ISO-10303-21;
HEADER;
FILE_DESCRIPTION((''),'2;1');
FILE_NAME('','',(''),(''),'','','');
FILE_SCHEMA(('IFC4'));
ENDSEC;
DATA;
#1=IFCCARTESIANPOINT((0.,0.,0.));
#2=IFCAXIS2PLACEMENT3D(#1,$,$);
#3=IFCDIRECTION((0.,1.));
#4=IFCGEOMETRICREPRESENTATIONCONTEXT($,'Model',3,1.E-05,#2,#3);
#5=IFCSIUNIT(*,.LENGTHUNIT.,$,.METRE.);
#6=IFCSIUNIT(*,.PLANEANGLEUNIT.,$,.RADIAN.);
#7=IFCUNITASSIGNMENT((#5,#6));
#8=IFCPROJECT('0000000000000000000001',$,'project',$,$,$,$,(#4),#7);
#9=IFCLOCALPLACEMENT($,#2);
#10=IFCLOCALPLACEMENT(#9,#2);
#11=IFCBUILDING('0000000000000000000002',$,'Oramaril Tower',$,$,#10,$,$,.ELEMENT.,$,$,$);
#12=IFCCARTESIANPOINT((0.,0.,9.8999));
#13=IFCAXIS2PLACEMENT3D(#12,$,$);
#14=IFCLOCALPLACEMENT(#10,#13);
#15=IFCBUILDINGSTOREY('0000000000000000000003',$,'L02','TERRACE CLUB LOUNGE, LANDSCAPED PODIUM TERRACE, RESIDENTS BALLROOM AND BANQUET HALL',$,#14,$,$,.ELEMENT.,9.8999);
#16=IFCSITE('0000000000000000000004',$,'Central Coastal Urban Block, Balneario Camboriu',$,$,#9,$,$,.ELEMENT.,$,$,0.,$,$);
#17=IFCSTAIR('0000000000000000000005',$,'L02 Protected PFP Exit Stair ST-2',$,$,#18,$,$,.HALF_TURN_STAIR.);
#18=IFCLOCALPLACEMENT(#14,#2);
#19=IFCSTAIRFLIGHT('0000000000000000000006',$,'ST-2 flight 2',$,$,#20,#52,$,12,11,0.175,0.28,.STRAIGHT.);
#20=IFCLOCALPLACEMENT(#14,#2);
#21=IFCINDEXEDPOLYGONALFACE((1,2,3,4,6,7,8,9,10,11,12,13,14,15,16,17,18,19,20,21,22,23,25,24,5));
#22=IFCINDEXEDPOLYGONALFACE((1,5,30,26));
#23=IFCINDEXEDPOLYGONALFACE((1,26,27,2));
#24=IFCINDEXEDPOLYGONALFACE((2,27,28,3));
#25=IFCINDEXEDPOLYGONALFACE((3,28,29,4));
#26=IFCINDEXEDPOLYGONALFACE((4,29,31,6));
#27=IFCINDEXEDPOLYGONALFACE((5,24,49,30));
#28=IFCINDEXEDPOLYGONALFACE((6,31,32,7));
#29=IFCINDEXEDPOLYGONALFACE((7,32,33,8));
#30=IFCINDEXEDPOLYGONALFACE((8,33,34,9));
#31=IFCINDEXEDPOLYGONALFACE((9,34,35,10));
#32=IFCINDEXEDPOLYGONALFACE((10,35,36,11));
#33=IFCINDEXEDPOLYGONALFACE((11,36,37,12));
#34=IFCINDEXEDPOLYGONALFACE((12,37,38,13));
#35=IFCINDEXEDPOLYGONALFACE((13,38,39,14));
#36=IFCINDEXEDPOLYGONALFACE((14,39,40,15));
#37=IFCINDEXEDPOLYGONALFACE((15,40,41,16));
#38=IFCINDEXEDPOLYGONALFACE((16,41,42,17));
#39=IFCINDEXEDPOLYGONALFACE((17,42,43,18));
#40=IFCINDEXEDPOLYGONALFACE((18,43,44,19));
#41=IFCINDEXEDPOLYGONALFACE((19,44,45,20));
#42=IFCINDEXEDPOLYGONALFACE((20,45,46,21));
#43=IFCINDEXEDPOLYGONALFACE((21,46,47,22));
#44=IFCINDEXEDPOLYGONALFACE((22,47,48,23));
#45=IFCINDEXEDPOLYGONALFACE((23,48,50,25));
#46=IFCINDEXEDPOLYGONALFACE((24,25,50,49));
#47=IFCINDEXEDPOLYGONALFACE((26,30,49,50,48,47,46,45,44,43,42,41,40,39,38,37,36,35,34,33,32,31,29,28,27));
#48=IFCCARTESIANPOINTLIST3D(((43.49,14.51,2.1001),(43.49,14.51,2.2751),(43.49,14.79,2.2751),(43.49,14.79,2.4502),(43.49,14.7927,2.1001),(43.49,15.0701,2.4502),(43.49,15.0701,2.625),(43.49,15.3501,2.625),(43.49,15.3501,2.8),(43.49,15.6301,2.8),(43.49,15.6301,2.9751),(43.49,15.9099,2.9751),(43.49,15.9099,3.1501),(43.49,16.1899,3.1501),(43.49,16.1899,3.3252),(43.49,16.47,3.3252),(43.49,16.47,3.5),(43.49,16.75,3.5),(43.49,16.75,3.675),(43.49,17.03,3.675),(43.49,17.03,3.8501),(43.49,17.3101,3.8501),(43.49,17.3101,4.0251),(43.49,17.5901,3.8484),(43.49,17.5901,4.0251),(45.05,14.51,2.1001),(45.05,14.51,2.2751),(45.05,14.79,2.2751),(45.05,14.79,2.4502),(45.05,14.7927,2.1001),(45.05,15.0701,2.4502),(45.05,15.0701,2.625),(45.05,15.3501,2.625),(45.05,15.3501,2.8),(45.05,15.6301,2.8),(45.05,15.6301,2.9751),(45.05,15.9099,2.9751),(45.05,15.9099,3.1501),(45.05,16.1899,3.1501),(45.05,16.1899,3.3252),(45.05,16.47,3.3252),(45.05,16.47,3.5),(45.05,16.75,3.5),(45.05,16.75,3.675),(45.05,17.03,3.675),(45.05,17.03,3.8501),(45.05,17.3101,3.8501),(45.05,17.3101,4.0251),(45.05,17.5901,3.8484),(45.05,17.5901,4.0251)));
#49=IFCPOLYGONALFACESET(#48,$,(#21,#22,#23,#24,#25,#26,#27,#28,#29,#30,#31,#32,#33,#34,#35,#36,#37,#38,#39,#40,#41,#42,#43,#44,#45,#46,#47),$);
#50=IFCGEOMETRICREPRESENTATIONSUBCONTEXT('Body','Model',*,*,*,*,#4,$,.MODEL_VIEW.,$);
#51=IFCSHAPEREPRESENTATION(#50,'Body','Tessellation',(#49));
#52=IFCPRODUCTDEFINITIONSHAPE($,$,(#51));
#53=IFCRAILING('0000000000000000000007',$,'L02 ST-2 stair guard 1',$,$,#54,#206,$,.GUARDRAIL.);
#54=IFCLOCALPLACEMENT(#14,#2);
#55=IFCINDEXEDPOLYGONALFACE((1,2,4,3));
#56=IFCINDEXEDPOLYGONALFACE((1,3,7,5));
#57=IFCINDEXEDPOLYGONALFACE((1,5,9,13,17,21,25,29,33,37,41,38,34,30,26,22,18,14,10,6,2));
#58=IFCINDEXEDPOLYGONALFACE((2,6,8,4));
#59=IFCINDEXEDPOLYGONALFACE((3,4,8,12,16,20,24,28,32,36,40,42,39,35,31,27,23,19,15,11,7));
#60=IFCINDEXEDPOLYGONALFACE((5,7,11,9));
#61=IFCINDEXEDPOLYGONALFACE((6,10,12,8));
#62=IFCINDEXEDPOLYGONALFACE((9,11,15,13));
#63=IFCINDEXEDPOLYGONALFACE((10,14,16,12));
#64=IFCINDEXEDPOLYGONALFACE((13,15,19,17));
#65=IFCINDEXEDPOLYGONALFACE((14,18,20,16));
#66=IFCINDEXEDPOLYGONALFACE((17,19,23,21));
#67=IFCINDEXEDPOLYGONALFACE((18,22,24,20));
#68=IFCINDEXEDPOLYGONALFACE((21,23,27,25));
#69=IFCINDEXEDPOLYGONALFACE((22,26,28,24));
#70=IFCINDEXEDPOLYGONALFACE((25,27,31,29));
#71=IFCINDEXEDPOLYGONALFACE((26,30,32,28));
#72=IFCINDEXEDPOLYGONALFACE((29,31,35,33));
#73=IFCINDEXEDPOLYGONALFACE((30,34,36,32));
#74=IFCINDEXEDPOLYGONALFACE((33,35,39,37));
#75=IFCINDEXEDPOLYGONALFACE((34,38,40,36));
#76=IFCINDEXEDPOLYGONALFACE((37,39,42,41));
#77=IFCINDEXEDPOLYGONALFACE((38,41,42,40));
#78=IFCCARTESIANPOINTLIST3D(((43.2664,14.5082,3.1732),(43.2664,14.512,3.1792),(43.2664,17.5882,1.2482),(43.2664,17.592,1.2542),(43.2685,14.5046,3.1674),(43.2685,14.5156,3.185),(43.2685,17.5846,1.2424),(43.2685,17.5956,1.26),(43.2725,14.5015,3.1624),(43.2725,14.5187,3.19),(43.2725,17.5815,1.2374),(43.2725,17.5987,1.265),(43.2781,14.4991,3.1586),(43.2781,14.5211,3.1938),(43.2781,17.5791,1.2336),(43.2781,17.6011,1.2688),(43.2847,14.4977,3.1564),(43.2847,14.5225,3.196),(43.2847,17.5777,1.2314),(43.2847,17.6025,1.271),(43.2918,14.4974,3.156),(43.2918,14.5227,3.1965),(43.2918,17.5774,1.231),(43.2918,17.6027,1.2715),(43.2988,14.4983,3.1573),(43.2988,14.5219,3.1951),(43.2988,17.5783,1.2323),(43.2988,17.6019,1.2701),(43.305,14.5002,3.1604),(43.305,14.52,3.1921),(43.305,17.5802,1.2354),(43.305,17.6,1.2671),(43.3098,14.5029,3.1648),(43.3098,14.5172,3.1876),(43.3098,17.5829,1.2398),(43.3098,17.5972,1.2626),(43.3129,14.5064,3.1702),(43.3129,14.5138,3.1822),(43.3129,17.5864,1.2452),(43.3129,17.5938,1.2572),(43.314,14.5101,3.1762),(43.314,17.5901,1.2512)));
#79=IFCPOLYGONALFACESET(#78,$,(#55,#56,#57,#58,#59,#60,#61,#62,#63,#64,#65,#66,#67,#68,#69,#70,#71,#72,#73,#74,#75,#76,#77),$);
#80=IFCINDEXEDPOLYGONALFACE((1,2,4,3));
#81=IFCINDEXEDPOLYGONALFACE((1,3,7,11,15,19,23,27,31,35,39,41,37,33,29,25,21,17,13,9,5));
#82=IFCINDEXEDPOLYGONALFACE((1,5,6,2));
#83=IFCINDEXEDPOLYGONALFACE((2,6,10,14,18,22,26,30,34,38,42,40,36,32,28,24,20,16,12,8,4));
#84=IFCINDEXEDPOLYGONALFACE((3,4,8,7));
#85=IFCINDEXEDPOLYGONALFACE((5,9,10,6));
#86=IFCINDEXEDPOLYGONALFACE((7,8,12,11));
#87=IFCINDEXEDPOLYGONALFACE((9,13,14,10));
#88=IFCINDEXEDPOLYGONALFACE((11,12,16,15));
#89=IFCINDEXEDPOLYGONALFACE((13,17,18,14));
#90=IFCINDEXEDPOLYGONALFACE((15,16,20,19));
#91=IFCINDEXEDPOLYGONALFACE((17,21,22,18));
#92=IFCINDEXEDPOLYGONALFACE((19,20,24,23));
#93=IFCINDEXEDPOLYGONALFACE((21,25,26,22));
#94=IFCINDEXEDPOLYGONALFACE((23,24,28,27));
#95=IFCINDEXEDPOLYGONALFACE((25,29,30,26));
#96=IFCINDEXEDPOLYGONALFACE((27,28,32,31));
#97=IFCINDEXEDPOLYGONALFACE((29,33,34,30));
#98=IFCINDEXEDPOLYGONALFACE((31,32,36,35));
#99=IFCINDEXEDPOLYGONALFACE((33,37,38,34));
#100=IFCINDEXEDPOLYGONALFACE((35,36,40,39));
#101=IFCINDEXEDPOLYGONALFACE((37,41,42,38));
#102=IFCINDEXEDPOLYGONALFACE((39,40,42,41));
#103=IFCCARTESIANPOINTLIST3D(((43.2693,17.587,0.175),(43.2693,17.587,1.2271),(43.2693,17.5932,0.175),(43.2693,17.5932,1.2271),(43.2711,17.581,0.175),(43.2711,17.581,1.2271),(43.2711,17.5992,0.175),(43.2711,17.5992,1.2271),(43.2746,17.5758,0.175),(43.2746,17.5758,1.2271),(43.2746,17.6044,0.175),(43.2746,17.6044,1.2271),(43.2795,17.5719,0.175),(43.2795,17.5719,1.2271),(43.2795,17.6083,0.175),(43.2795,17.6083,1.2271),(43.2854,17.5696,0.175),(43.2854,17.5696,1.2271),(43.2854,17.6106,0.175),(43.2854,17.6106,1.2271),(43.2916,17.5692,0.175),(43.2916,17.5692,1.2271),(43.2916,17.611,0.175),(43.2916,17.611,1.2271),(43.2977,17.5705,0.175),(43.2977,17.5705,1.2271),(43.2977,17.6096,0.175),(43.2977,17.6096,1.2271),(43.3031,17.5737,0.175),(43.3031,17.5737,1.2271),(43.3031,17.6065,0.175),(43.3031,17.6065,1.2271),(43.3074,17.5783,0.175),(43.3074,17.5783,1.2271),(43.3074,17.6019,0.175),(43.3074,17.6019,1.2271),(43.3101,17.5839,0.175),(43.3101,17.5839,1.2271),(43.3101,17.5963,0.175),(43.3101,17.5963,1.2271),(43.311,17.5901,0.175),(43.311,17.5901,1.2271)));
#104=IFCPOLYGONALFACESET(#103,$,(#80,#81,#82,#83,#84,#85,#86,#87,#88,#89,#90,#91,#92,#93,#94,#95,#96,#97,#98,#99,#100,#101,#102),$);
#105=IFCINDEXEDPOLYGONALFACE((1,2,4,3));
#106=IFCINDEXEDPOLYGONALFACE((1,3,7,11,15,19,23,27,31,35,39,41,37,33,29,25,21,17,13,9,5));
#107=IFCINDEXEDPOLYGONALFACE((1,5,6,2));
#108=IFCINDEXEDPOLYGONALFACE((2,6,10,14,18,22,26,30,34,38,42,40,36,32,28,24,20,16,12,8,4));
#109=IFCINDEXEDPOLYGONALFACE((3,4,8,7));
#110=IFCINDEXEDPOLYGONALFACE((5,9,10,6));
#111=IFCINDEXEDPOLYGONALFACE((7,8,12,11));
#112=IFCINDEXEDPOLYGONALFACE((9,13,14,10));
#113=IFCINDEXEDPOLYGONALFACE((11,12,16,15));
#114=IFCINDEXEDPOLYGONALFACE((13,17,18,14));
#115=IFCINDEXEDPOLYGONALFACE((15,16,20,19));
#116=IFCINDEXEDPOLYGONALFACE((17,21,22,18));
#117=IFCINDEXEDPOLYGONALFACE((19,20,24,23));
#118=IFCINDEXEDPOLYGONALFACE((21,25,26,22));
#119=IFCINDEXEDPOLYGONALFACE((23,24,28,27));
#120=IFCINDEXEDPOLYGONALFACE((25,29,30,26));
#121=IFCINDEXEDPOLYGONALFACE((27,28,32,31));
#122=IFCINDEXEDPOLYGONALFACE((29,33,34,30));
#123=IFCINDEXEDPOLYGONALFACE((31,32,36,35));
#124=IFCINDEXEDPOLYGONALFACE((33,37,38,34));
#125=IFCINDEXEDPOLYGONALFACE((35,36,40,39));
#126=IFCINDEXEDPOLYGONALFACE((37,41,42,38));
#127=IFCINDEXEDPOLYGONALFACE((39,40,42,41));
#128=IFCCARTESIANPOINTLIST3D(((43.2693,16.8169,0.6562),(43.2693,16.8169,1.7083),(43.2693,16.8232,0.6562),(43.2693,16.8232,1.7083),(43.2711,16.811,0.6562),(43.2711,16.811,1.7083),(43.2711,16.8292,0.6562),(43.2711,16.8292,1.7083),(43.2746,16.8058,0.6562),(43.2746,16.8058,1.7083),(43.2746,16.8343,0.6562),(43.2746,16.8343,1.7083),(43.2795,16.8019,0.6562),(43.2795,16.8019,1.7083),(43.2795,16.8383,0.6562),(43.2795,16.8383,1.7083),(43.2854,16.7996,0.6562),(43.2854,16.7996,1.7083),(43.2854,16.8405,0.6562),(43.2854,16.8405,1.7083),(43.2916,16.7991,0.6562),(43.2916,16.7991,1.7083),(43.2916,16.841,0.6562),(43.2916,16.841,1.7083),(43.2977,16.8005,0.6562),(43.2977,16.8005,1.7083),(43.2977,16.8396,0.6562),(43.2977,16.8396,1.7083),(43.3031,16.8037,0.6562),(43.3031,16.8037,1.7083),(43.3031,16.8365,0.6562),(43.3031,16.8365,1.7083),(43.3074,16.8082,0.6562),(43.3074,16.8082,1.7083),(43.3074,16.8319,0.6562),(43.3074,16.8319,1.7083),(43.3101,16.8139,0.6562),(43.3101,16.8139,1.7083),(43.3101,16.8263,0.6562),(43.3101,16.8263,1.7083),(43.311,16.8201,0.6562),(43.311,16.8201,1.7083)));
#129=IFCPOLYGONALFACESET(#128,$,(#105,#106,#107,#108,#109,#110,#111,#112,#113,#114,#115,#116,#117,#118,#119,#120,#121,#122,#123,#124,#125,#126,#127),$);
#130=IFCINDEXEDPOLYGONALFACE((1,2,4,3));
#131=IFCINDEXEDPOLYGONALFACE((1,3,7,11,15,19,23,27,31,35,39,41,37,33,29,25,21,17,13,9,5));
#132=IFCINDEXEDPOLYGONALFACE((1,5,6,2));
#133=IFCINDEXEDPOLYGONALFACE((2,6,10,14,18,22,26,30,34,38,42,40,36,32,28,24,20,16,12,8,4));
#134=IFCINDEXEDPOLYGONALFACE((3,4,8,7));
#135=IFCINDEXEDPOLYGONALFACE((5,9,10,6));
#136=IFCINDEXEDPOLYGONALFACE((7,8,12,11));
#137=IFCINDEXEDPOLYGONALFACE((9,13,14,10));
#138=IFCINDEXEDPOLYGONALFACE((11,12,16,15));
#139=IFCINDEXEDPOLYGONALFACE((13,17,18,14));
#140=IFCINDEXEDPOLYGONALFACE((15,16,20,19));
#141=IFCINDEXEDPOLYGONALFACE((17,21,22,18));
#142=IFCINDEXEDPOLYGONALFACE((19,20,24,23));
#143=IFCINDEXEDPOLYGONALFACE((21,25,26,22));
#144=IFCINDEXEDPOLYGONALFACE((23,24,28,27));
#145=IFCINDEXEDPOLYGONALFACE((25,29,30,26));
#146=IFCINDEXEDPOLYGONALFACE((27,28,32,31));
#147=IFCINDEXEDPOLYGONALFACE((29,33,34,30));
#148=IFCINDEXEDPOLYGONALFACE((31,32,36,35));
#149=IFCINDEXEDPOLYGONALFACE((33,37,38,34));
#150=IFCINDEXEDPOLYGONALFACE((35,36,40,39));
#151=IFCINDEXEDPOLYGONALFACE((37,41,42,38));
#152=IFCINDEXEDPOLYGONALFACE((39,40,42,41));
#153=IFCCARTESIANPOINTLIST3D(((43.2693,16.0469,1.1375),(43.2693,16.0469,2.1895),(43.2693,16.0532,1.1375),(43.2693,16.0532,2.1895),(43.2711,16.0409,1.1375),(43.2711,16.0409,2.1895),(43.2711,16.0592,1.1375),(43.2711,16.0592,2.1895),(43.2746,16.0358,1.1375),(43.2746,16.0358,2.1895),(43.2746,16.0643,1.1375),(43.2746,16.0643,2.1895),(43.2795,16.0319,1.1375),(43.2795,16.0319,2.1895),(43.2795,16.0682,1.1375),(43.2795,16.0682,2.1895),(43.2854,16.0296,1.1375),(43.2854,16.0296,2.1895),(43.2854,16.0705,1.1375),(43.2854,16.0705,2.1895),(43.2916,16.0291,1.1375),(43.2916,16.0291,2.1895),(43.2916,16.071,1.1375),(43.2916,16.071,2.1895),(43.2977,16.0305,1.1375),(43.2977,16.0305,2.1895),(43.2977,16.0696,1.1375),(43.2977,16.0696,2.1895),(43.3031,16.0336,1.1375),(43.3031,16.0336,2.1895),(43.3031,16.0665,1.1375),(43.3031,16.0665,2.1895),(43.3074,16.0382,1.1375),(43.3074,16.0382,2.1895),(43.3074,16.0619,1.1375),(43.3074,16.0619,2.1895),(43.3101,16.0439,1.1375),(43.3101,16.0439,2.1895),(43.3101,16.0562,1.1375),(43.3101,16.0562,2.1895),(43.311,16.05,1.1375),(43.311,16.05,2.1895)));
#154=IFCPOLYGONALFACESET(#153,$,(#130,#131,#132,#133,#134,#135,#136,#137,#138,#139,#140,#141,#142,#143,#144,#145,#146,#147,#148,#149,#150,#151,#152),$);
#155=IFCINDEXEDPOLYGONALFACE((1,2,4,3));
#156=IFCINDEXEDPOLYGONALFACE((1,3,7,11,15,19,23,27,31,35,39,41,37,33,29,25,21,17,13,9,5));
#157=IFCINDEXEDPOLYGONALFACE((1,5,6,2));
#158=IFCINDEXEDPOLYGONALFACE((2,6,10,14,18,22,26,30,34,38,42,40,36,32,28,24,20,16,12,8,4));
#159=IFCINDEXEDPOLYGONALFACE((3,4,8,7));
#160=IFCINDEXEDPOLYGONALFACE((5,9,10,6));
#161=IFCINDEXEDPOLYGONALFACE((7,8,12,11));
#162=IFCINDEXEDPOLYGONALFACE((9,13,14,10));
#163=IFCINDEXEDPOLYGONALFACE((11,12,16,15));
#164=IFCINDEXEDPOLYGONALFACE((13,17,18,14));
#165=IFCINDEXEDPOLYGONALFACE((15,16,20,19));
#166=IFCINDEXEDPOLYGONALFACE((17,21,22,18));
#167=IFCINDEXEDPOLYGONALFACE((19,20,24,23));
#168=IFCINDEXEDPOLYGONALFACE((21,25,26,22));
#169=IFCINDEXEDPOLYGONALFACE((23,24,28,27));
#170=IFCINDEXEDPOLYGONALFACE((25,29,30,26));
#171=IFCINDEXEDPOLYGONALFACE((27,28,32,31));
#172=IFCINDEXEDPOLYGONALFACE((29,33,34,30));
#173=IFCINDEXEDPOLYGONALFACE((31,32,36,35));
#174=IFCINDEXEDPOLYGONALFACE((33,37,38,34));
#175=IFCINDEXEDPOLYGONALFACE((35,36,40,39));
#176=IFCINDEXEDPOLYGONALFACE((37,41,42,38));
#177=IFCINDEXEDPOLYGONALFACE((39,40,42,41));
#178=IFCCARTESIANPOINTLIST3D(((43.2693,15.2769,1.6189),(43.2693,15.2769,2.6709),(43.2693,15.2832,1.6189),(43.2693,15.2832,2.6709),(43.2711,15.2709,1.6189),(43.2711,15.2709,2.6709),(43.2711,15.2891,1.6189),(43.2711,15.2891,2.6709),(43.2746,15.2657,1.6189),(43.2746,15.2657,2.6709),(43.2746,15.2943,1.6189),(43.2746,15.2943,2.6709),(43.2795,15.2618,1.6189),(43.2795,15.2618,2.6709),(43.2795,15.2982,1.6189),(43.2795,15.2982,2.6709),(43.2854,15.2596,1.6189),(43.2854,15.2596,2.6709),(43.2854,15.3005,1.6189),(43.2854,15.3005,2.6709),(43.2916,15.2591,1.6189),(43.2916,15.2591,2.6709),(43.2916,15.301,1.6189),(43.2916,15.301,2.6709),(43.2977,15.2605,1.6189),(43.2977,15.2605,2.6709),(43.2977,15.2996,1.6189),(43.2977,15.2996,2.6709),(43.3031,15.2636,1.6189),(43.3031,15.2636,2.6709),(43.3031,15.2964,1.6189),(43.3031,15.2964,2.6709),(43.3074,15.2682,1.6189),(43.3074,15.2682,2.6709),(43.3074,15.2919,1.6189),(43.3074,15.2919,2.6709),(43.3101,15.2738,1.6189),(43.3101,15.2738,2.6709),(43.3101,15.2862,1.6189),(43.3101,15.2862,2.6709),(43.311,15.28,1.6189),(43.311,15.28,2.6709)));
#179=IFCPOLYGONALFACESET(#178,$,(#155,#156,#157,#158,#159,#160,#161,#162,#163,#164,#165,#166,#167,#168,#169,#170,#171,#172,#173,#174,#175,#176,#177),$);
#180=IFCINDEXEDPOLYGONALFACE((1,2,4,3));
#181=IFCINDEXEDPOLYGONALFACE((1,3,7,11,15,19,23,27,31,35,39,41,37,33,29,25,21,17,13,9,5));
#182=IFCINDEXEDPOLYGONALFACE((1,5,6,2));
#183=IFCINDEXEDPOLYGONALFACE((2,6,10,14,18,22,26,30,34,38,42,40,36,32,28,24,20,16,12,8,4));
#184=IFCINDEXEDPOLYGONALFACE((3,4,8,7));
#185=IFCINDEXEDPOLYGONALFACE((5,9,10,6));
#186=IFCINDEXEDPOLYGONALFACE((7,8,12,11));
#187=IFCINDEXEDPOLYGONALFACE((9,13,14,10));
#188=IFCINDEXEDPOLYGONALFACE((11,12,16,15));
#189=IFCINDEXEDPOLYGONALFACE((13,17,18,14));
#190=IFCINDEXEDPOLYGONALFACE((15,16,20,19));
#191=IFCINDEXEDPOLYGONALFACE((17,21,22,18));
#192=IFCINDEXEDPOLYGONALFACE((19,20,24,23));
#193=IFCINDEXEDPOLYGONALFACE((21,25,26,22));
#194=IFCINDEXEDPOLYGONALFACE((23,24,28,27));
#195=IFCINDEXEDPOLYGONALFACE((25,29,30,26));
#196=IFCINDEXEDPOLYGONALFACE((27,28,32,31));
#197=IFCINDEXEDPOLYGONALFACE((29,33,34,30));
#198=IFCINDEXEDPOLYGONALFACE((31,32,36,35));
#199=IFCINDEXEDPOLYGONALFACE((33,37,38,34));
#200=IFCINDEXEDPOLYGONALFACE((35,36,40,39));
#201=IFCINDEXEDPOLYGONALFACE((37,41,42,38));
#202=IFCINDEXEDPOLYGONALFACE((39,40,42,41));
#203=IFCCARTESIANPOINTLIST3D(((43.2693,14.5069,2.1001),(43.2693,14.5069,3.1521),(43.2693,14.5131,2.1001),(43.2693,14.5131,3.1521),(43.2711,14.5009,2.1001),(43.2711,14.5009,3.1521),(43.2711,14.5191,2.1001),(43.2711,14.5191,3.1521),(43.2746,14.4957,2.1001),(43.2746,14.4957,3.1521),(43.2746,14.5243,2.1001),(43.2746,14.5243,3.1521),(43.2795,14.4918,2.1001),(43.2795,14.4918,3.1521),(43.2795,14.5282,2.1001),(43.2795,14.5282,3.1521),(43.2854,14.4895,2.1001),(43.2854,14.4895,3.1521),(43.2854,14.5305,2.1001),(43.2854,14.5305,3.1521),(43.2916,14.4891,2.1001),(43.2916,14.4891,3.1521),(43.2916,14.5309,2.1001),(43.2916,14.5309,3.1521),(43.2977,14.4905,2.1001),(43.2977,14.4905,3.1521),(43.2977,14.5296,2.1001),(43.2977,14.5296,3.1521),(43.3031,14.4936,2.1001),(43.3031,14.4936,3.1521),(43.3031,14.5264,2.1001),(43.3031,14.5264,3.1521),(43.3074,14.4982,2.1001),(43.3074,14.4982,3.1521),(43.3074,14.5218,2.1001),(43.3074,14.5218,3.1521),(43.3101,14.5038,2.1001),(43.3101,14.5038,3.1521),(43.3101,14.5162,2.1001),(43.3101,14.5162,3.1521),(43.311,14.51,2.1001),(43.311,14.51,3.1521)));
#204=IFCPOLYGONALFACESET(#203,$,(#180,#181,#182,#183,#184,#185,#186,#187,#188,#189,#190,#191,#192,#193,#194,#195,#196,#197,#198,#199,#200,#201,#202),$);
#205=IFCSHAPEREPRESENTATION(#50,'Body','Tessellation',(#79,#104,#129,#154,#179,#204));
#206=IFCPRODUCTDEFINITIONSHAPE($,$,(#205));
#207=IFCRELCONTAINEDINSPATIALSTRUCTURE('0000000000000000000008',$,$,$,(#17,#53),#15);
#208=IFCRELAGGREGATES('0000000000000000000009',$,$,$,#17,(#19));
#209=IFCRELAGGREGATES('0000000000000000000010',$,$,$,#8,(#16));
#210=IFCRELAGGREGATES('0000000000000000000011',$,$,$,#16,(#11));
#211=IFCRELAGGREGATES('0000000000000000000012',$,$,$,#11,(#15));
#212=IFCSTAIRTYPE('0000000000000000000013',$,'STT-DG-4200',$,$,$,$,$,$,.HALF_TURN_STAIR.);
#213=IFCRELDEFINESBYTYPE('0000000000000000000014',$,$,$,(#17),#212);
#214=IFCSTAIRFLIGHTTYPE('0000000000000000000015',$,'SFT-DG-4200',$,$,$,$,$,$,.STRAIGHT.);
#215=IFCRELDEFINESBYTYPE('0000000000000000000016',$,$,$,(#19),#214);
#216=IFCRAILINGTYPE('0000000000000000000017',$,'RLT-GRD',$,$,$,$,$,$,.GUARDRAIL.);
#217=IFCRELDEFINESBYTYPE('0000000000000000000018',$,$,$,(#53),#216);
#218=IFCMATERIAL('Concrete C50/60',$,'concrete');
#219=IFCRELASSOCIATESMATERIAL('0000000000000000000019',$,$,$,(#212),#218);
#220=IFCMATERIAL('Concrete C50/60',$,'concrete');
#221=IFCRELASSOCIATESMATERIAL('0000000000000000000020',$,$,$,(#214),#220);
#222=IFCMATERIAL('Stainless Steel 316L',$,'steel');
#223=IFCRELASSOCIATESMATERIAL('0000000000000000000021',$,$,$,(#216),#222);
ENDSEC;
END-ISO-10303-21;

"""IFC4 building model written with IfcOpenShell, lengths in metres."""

from ifc_helpers import new_model, si_unit, direction, frame, origin, origin_2d, place, context, subcontext, project, spatial, polyline, circle, outline, extrude, material, type_object, element, aggregate, save


model = new_model("IFC4")

# Units and contexts
model_context = context("Model", 3, precision=1e-05, world=origin(), true_north=direction((0.0, 1.0)))
body_context = subcontext(model_context, "Body", "Model", "MODEL_VIEW")
ifc_project = project(units=[si_unit("LENGTHUNIT", "METRE"), si_unit("PLANEANGLEUNIT", "RADIAN")], contexts=[model_context])

# Site, building, storey
site_placement = place(None, origin())
site = spatial("IfcSite", under=ifc_project, at=site_placement, Name="Central Coastal Urban Block, Balneario Camboriu", CompositionType="ELEMENT", RefElevation=0.0)
building_placement = place(site_placement, origin())
building = spatial("IfcBuilding", under=site, at=building_placement, Name="Oramaril Tower", CompositionType="ELEMENT")
storey_placement = place(building_placement, frame((0.0, 0.0, 9.8999)))
storey = spatial("IfcBuildingStorey", under=building, at=storey_placement, Name="L02", Description="TERRACE CLUB LOUNGE, LANDSCAPED PODIUM TERRACE, RESIDENTS BALLROOM AND BANQUET HALL", CompositionType="ELEMENT", Elevation=9.8999)

# Stair, stair flight
ifc_material_1 = material(Name="Concrete C50/60", Category="concrete")
stair_type = type_object("IfcStairType", Name="STT-DG-4200", PredefinedType="HALF_TURN_STAIR", material=ifc_material_1)
stair_placement = place(storey_placement, origin())
stair = element("IfcStair", 1, at=stair_placement, inside=storey, type_object=stair_type, Name="L02 Protected PFP Exit Stair ST-2", PredefinedType="HALF_TURN_STAIR")
ifc_material_2 = material(Name="Concrete C50/60", Category="concrete")
stair_flight_type = type_object("IfcStairFlightType", Name="SFT-DG-4200", PredefinedType="STRAIGHT", material=ifc_material_2)
stair_flight_1_placement = place(storey_placement, frame((44.27, 14.51, 2.1001), z_axis=(0.0, 0.0, 1.0), x_axis=(0.0, 1.0, 0.0)))
stair_flight_1 = element("IfcStairFlight", 2, at=stair_flight_1_placement, type_object=stair_flight_type, Name="ST-2 flight 2", NumberOfRisers=12, NumberOfTreads=11, PredefinedType="STRAIGHT", RiserHeight=0.175, TreadLength=0.28, context=body_context, shape_type="SweptSolid", body=[
    extrude(outline(polyline([(0.0, 0.0), (0.0, 0.175), (0.28, 0.175), (0.28, 0.3501), (0.5601, 0.3501), (0.5601, 0.5249), (0.8401, 0.5249), (0.8401, 0.7), (1.1201, 0.7), (1.1201, 0.875), (1.3999, 0.875), (1.3999, 1.05), (1.6799, 1.05), (1.6799, 1.2251), (1.96, 1.2251), (1.96, 1.3999), (2.24, 1.3999), (2.24, 1.575), (2.52, 1.575), (2.52, 1.75), (2.8, 1.75), (2.8, 1.925), (3.0801, 1.925), (3.0801, 2.1001), (3.0801, 1.7483), (0.2827, 0.0), (0.0, 0.0)])), frame((0.0, 0.78, 0.0), z_axis=(0.0, -1.0, 0.0), x_axis=(1.0, 0.0, 0.0)), (0.0, 0.0, 1.0), 1.5601),
])
aggregate(stair, [stair_flight_1])

# Railing
ifc_material_3 = material(Name="Stainless Steel 316L", Category="steel")
railing_type_1 = type_object("IfcRailingType", Name="RLT-GRD", PredefinedType="GUARDRAIL", material=ifc_material_3)
railing_1_placement = place(storey_placement, frame((43.29, 17.5901, 0.175)))
element("IfcRailing", 3, at=railing_1_placement, inside=storey, type_object=railing_type_1, Name="L02 ST-2 stair guard 1", PredefinedType="GUARDRAIL", context=body_context, shape_type="SweptSolid", body=[
    extrude(circle(Radius=0.0239, at=origin_2d()), frame((0.0, 0.0, 1.0762), z_axis=(0.0, -0.847998, 0.529999), x_axis=(1.0, 0.0, 0.0)), (0.0, 0.0, 1.0), 3.6321),
    extrude(circle(Radius=0.021, at=origin_2d()), origin(), (0.0, 0.0, 1.0), 1.052),
    extrude(circle(Radius=0.021, at=origin_2d()), frame((0.0, -0.77, 0.4812)), (0.0, 0.0, 1.0), 1.052),
    extrude(circle(Radius=0.021, at=origin_2d()), frame((0.0, -1.54, 0.9624)), (0.0, 0.0, 1.0), 1.052),
    extrude(circle(Radius=0.021, at=origin_2d()), frame((0.0, -2.3101, 1.4438)), (0.0, 0.0, 1.0), 1.052),
    extrude(circle(Radius=0.021, at=origin_2d()), frame((0.0, -3.0801, 1.925)), (0.0, 0.0, 1.0), 1.052),
])

save(model, "model.ifc")
